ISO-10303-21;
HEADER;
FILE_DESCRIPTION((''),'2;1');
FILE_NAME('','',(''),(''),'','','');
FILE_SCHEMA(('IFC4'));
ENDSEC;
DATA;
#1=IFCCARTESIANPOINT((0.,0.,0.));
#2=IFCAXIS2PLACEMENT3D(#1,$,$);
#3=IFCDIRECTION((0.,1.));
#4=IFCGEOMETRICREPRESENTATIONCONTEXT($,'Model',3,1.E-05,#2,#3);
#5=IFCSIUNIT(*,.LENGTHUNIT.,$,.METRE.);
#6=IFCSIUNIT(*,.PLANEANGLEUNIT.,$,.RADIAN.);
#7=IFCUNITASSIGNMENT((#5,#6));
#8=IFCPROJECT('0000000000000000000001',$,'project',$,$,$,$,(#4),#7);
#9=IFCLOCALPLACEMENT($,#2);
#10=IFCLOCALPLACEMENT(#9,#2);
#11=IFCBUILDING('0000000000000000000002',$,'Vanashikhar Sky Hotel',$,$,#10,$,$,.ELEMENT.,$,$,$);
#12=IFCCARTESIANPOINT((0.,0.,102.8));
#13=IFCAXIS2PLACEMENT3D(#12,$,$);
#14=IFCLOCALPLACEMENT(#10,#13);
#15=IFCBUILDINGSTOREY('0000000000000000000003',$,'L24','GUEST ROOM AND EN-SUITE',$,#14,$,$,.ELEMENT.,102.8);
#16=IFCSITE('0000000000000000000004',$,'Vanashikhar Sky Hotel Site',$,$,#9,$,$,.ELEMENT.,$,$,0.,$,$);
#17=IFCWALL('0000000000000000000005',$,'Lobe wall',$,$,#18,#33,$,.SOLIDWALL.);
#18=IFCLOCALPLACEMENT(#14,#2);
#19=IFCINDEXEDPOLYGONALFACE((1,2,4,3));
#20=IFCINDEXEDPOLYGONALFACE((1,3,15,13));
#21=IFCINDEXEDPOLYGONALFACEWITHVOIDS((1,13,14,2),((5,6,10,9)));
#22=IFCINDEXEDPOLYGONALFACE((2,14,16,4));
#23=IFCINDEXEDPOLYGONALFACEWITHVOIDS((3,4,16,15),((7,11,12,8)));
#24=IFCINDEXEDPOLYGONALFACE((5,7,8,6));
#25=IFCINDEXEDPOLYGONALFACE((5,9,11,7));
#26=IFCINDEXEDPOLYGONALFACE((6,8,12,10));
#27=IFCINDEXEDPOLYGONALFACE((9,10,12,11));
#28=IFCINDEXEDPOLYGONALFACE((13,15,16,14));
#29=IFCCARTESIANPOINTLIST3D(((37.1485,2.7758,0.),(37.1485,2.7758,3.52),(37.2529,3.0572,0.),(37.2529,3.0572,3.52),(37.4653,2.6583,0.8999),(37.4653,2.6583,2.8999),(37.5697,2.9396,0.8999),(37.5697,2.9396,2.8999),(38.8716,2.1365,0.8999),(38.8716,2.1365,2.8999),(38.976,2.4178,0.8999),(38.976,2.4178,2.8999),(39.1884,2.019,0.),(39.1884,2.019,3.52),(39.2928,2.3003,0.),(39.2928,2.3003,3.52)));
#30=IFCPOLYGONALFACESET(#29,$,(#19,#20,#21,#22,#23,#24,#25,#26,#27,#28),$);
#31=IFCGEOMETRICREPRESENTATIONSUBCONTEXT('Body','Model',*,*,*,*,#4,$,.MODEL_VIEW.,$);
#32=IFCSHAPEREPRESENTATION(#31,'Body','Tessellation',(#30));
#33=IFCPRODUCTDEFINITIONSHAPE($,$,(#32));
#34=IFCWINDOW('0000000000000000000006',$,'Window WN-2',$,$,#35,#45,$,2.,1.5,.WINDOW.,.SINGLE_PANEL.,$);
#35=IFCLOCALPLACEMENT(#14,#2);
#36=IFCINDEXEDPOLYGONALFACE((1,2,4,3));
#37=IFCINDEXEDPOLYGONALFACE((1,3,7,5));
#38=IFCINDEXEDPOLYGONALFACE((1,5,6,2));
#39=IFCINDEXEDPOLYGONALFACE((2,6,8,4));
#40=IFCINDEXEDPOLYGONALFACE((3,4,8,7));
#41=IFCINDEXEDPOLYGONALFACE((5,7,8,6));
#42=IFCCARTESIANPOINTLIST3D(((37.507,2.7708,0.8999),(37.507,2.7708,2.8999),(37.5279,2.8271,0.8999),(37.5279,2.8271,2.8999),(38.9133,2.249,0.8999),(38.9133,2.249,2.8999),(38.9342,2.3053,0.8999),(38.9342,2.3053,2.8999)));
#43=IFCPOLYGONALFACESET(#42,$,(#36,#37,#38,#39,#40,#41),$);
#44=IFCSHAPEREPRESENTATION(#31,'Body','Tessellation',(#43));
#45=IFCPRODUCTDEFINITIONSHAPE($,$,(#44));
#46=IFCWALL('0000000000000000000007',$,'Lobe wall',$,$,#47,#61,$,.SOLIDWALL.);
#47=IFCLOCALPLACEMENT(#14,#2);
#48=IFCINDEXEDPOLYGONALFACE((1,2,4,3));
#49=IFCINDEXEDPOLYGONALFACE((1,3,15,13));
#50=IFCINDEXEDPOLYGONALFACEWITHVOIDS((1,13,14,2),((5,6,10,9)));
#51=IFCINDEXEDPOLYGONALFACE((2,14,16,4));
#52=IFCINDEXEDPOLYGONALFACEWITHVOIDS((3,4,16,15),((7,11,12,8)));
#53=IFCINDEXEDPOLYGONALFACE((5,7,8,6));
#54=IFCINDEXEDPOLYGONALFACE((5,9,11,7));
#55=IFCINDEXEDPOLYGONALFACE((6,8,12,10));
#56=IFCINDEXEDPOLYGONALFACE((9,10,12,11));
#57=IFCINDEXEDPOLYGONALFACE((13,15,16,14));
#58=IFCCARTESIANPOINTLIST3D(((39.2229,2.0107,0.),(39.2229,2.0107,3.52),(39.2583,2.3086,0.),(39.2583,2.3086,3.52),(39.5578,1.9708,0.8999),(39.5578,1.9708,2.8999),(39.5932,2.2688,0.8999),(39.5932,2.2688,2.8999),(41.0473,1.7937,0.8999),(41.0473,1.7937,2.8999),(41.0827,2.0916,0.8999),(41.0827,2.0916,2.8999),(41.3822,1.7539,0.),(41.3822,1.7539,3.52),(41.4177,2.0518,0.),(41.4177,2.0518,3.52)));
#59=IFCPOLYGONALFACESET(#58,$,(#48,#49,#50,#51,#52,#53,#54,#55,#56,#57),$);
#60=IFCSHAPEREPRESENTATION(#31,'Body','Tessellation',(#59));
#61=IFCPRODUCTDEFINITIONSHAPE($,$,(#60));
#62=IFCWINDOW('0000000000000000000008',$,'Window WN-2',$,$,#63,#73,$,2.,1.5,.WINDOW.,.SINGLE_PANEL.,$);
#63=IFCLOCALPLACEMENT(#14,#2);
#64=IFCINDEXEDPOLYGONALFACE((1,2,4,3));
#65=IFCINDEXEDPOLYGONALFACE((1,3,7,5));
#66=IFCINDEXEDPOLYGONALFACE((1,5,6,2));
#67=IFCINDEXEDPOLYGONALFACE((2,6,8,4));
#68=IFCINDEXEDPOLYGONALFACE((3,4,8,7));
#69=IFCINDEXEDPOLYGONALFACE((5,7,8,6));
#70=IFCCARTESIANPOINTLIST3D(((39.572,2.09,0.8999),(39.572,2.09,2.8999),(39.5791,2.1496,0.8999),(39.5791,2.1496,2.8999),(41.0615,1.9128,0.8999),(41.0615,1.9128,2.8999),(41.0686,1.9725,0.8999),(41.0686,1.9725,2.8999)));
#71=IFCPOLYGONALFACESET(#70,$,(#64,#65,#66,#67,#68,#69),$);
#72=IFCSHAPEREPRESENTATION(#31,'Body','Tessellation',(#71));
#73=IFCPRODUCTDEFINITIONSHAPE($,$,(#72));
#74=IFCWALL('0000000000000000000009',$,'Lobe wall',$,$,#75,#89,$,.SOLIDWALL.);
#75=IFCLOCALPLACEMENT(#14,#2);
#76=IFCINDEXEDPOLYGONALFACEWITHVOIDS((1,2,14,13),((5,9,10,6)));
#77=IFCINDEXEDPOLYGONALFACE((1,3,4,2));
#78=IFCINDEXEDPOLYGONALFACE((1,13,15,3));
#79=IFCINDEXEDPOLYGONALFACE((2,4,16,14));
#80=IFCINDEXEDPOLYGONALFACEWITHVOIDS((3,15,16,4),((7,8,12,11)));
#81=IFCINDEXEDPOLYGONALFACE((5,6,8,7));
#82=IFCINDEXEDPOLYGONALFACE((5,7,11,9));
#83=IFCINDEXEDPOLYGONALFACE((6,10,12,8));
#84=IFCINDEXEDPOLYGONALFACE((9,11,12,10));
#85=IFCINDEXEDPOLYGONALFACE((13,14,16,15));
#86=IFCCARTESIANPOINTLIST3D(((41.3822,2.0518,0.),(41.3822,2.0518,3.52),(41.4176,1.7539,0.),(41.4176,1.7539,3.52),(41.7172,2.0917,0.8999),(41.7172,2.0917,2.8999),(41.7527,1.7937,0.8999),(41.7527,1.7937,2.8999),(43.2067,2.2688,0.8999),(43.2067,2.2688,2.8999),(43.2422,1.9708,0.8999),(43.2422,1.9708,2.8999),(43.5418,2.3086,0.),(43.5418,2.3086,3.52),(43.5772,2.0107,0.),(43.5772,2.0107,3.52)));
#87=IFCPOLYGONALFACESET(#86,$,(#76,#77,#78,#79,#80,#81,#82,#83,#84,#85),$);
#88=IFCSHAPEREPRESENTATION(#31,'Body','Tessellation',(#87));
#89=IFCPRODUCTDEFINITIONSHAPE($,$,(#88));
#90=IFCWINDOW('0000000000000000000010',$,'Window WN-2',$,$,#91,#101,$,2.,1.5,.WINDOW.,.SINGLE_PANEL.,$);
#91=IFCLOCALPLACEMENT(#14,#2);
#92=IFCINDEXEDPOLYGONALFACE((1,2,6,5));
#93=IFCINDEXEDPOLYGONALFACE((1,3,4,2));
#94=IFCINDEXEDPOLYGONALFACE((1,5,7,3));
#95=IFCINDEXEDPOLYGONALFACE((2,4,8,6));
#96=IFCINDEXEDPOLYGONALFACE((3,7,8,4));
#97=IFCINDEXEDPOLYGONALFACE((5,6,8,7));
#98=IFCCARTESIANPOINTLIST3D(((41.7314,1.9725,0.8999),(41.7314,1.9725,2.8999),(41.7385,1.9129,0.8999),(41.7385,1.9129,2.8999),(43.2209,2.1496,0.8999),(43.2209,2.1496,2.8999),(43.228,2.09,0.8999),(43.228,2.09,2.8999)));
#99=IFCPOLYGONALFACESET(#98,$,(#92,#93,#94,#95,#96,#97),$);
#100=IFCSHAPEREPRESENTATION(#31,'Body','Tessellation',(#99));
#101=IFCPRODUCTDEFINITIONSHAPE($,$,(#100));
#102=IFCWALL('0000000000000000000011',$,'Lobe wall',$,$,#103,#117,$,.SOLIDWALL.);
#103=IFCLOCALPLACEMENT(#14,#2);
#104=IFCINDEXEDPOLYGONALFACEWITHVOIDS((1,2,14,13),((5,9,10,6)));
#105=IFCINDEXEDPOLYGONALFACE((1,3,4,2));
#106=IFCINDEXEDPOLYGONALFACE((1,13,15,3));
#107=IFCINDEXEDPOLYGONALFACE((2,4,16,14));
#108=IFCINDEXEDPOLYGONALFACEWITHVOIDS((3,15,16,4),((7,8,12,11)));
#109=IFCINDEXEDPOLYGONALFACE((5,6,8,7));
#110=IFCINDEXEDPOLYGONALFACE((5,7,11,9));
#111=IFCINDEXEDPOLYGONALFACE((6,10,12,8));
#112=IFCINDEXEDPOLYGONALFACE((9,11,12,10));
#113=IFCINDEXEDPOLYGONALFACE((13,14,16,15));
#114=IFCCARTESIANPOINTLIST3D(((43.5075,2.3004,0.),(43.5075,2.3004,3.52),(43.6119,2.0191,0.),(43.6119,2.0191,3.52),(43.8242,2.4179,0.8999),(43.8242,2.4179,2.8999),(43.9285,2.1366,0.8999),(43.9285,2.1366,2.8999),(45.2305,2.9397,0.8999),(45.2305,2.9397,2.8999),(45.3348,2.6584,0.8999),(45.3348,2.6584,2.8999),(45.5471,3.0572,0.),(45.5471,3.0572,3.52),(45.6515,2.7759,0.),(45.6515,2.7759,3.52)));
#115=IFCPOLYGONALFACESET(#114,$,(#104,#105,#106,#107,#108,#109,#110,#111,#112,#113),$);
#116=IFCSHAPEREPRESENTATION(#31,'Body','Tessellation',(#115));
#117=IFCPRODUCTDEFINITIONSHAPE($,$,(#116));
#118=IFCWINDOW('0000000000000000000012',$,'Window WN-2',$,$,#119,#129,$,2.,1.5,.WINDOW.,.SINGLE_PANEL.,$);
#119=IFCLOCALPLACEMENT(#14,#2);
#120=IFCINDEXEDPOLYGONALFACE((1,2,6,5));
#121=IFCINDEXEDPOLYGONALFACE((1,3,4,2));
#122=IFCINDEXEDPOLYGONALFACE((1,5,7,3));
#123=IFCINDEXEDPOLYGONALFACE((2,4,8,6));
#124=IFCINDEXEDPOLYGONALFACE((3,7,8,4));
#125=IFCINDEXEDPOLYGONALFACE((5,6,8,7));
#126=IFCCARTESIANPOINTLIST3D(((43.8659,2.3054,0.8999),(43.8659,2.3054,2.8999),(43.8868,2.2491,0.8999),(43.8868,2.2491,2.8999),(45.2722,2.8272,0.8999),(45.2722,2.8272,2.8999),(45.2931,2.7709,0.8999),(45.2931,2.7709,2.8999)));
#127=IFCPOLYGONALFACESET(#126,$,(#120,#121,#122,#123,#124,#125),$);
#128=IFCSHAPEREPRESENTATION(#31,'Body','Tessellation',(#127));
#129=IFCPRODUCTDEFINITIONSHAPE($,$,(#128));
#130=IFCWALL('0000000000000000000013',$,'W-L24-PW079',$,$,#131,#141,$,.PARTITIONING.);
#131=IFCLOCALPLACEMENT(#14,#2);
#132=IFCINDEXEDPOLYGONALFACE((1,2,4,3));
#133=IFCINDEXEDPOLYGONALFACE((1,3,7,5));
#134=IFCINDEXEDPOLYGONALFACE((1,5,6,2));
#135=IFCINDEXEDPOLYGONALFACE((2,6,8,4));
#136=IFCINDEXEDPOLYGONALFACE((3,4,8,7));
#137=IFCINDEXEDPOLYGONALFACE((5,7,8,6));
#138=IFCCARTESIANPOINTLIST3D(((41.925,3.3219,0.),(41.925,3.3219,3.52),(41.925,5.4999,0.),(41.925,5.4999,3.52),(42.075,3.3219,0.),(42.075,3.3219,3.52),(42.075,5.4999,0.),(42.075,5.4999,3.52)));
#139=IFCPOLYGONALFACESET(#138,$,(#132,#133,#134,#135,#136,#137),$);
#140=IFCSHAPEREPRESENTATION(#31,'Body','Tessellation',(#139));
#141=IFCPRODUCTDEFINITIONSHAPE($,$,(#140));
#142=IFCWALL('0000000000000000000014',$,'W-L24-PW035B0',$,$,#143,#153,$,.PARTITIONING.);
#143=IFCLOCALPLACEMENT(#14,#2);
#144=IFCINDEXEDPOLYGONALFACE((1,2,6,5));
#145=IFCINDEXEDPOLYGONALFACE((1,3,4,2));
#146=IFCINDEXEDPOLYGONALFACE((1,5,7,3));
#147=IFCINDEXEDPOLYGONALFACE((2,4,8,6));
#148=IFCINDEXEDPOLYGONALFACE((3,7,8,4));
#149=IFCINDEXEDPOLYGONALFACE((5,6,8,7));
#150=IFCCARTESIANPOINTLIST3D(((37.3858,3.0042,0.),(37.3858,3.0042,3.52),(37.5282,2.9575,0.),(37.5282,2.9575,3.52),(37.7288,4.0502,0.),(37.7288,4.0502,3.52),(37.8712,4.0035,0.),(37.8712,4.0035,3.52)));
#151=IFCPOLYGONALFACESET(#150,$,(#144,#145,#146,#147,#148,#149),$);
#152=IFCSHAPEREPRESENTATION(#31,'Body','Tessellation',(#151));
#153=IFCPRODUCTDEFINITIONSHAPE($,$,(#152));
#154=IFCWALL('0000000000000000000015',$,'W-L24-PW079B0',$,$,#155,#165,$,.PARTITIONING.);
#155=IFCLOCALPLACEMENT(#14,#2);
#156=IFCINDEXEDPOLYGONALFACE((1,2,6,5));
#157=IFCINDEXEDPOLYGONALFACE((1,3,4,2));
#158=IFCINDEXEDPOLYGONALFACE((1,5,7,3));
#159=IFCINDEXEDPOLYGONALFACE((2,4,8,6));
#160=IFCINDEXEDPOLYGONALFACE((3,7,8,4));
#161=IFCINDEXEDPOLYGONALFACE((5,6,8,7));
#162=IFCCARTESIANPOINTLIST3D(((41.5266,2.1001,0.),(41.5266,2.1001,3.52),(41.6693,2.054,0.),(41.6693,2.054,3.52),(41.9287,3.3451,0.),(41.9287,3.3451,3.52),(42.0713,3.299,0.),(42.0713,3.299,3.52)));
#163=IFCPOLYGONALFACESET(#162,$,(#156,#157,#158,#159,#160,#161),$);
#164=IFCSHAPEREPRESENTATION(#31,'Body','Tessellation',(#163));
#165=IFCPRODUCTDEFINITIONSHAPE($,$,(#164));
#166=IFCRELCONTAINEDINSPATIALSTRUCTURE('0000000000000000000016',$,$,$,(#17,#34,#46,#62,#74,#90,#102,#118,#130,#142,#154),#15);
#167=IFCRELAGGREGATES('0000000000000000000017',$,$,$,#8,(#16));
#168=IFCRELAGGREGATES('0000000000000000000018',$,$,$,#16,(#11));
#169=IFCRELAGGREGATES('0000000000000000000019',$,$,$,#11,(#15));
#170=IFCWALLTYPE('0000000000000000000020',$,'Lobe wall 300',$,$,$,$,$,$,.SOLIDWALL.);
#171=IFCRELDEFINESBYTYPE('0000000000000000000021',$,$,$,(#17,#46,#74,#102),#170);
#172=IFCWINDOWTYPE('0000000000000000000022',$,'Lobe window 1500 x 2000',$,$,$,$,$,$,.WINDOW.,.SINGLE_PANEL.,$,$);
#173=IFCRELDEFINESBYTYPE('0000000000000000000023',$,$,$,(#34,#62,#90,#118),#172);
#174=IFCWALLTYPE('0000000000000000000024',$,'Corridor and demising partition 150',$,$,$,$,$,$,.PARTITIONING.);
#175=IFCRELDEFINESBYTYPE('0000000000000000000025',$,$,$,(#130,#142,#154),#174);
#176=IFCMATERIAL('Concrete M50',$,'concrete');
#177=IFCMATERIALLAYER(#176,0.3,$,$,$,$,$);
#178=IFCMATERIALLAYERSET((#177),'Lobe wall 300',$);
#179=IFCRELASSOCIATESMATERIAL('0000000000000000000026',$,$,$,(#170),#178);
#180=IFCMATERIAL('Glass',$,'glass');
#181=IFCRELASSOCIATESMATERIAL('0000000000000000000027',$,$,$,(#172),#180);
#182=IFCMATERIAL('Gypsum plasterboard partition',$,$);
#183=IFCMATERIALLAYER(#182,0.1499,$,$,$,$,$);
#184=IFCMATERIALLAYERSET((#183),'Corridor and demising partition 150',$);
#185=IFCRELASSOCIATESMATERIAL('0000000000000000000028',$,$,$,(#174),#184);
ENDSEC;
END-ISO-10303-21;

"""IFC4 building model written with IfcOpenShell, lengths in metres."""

from ifc_helpers import new_model, si_unit, direction, frame, frame_2d, origin, place, context, subcontext, project, spatial, rectangle, extrude, source, transform, mapped, material, layer, layer_set, type_object, element, fill, save


model = new_model("IFC4")

# Units and contexts
model_context = context("Model", 3, precision=1e-05, world=origin(), true_north=direction((0.0, 1.0)))
body_context = subcontext(model_context, "Body", "Model", "MODEL_VIEW")
ifc_project = project(units=[si_unit("LENGTHUNIT", "METRE"), si_unit("PLANEANGLEUNIT", "RADIAN")], contexts=[model_context])

# Site, building, storey
site_placement = place(None, origin())
site = spatial("IfcSite", under=ifc_project, at=site_placement, Name="Vanashikhar Sky Hotel Site", CompositionType="ELEMENT", RefElevation=0.0)
building_placement = place(site_placement, origin())
building = spatial("IfcBuilding", under=site, at=building_placement, Name="Vanashikhar Sky Hotel", CompositionType="ELEMENT")
storey_placement = place(building_placement, frame((0.0, 0.0, 102.8)))
storey = spatial("IfcBuildingStorey", under=building, at=storey_placement, Name="L24", Description="GUEST ROOM AND EN-SUITE", CompositionType="ELEMENT", Elevation=102.8)

# Walls, openings, windows
ifc_material_1 = material(Name="Concrete M50", Category="concrete")
ifc_layer_1 = layer(ifc_material_1, 0.3)
ifc_layer_set_1 = layer_set([ifc_layer_1], Name="Lobe wall 300")
wall_type_1 = type_object("IfcWallType", Name="Lobe wall 300", PredefinedType="SOLIDWALL", material=ifc_layer_set_1)
shared_shape_1 = source(origin(), body_context, "Body", "SweptSolid", [
    extrude(rectangle(XDim=2.1758, YDim=0.3, at=frame_2d((1.0879, 0.0))), origin(), (0.0, 0.0, 1.0), 3.52),
])
wall_1_placement = place(storey_placement, frame((37.2007, 2.9165, 0.0), z_axis=(0.0, 0.0, 1.0), x_axis=(0.937546, -0.347863, 0.0)))
wall_1 = element("IfcWall", 1, at=wall_1_placement, inside=storey, type_object=wall_type_1, Name="Lobe wall", PredefinedType="SOLIDWALL", context=body_context, shape_type="MappedRepresentation", body=[
    mapped(shared_shape_1, transform((0.0, 0.0, 0.0), scale=1.0)),
])
shared_shape_2 = source(origin(), body_context, "Body", "SweptSolid", [
    extrude(rectangle(XDim=1.5, YDim=2.0, at=frame_2d((0.75, 1.0))), frame((0.0, 0.1602, 0.0), z_axis=(0.0, -1.0, 0.0), x_axis=(1.0, 0.0, 0.0)), (0.0, 0.0, 1.0), 0.3201),
])
opening_1_placement = place(wall_1_placement, frame((0.3379, 0.0, 0.8999)))
opening_1 = element("IfcOpeningElement", 2, at=opening_1_placement, cuts=wall_1, PredefinedType="OPENING", context=body_context, shape_type="MappedRepresentation", body=[
    mapped(shared_shape_2, transform((0.0, 0.0, 0.0), scale=1.0)),
])
ifc_material_2 = material(Name="Glass", Category="glass")
window_type = type_object("IfcWindowType", Name="Lobe window 1500 x 2000", PartitioningType="SINGLE_PANEL", PredefinedType="WINDOW", material=ifc_material_2)
shared_shape_3 = source(origin(), body_context, "Body", "SweptSolid", [
    extrude(rectangle(XDim=1.5, YDim=2.0, at=frame_2d((0.75, 1.0))), frame((0.0, 0.03, 0.0), z_axis=(0.0, -1.0, 0.0), x_axis=(1.0, 0.0, 0.0)), (0.0, 0.0, 1.0), 0.0601),
])
window_1_placement = place(opening_1_placement, origin())
window_1 = element("IfcWindow", 3, at=window_1_placement, inside=storey, type_object=window_type, Name="Window WN-2", OverallHeight=2.0, OverallWidth=1.5, PartitioningType="SINGLE_PANEL", PredefinedType="WINDOW", context=body_context, shape_type="MappedRepresentation", body=[
    mapped(shared_shape_3, transform((0.0, 0.0, 0.0), scale=1.0)),
])
fill(opening_1, window_1)
shared_shape_4 = source(origin(), body_context, "Body", "SweptSolid", [
    extrude(rectangle(XDim=2.1746, YDim=0.3, at=frame_2d((1.0874, 0.0))), origin(), (0.0, 0.0, 1.0), 3.52),
])
wall_2_placement = place(storey_placement, frame((39.2405, 2.1597, 0.0), z_axis=(0.0, 0.0, 1.0), x_axis=(0.993001, -0.118105, 0.0)))
wall_2 = element("IfcWall", 4, at=wall_2_placement, inside=storey, type_object=wall_type_1, Name="Lobe wall", PredefinedType="SOLIDWALL", context=body_context, shape_type="MappedRepresentation", body=[
    mapped(shared_shape_4, transform((0.0, 0.0, 0.0), scale=1.0)),
])
opening_2_placement = place(wall_2_placement, frame((0.3374, 0.0, 0.8999)))
opening_2 = element("IfcOpeningElement", 5, at=opening_2_placement, cuts=wall_2, PredefinedType="OPENING", context=body_context, shape_type="MappedRepresentation", body=[
    mapped(shared_shape_2, transform((0.0, 0.0, 0.0), scale=1.0)),
])
window_2_placement = place(opening_2_placement, origin())
window_2 = element("IfcWindow", 6, at=window_2_placement, inside=storey, type_object=window_type, Name="Window WN-2", OverallHeight=2.0, OverallWidth=1.5, PartitioningType="SINGLE_PANEL", PredefinedType="WINDOW", context=body_context, shape_type="MappedRepresentation", body=[
    mapped(shared_shape_3, transform((0.0, 0.0, 0.0), scale=1.0)),
])
fill(opening_2, window_2)
shared_shape_5 = source(origin(), body_context, "Body", "SweptSolid", [
    extrude(rectangle(XDim=2.1748, YDim=0.3, at=frame_2d((1.0874, 0.0))), origin(), (0.0, 0.0, 1.0), 3.52),
])
wall_3_placement = place(storey_placement, frame((41.3999, 1.9028, 0.0), z_axis=(0.0, 0.0, 1.0), x_axis=(0.993003, 0.118092, 0.0)))
wall_3 = element("IfcWall", 7, at=wall_3_placement, inside=storey, type_object=wall_type_1, Name="Lobe wall", PredefinedType="SOLIDWALL", context=body_context, shape_type="MappedRepresentation", body=[
    mapped(shared_shape_5, transform((0.0, 0.0, 0.0), scale=1.0)),
])
opening_3_placement = place(wall_3_placement, frame((0.3374, 0.0, 0.8999)))
opening_3 = element("IfcOpeningElement", 8, at=opening_3_placement, cuts=wall_3, PredefinedType="OPENING", context=body_context, shape_type="MappedRepresentation", body=[
    mapped(shared_shape_2, transform((0.0, 0.0, 0.0), scale=1.0)),
])
window_3_placement = place(opening_3_placement, origin())
window_3 = element("IfcWindow", 9, at=window_3_placement, inside=storey, type_object=window_type, Name="Window WN-2", OverallHeight=2.0, OverallWidth=1.5, PartitioningType="SINGLE_PANEL", PredefinedType="WINDOW", context=body_context, shape_type="MappedRepresentation", body=[
    mapped(shared_shape_3, transform((0.0, 0.0, 0.0), scale=1.0)),
])
fill(opening_3, window_3)
shared_shape_6 = source(origin(), body_context, "Body", "SweptSolid", [
    extrude(rectangle(XDim=2.1755, YDim=0.3, at=frame_2d((1.0879, 0.0))), origin(), (0.0, 0.0, 1.0), 3.52),
])
wall_4_placement = place(storey_placement, frame((43.5596, 2.1597, 0.0), z_axis=(0.0, 0.0, 1.0), x_axis=(0.937532, 0.347899, 0.0)))
wall_4 = element("IfcWall", 10, at=wall_4_placement, inside=storey, type_object=wall_type_1, Name="Lobe wall", PredefinedType="SOLIDWALL", context=body_context, shape_type="MappedRepresentation", body=[
    mapped(shared_shape_6, transform((0.0, 0.0, 0.0), scale=1.0)),
])
opening_4_placement = place(wall_4_placement, frame((0.3379, 0.0, 0.8999)))
opening_4 = element("IfcOpeningElement", 11, at=opening_4_placement, cuts=wall_4, PredefinedType="OPENING", context=body_context, shape_type="MappedRepresentation", body=[
    mapped(shared_shape_2, transform((0.0, 0.0, 0.0), scale=1.0)),
])
window_4_placement = place(opening_4_placement, origin())
window_4 = element("IfcWindow", 12, at=window_4_placement, inside=storey, type_object=window_type, Name="Window WN-2", OverallHeight=2.0, OverallWidth=1.5, PartitioningType="SINGLE_PANEL", PredefinedType="WINDOW", context=body_context, shape_type="MappedRepresentation", body=[
    mapped(shared_shape_3, transform((0.0, 0.0, 0.0), scale=1.0)),
])
fill(opening_4, window_4)

# Walls
ifc_material_3 = material(Name="Gypsum plasterboard partition")
ifc_layer_2 = layer(ifc_material_3, 0.1499)
ifc_layer_set_2 = layer_set([ifc_layer_2], Name="Corridor and demising partition 150")
wall_type_2 = type_object("IfcWallType", Name="Corridor and demising partition 150", PredefinedType="PARTITIONING", material=ifc_layer_set_2)
shared_shape_7 = source(origin(), body_context, "Body", "SweptSolid", [
    extrude(rectangle(XDim=2.178, YDim=0.1499, at=frame_2d((1.0889, 0.0))), origin(), (0.0, 0.0, 1.0), 3.52),
])
wall_5_placement = place(storey_placement, frame((42.0, 3.322, 0.0), z_axis=(0.0, 0.0, 1.0), x_axis=(0.0, 1.0, 0.0)))
element("IfcWall", 13, at=wall_5_placement, inside=storey, type_object=wall_type_2, Name="W-L24-PW079", PredefinedType="PARTITIONING", context=body_context, shape_type="MappedRepresentation", body=[
    mapped(shared_shape_7, transform((0.0, 0.0, 0.0), scale=1.0)),
])
shared_shape_8 = source(origin(), body_context, "Body", "SweptSolid", [
    extrude(rectangle(XDim=1.1008, YDim=0.1499, at=frame_2d((0.5503, 0.0))), origin(), (0.0, 0.0, 1.0), 3.52),
])
wall_6_placement = place(storey_placement, frame((37.457, 2.981, 0.0), z_axis=(0.0, 0.0, 1.0), x_axis=(0.311567, 0.950224, 0.0)))
element("IfcWall", 14, at=wall_6_placement, inside=storey, type_object=wall_type_2, Name="W-L24-PW035B0", PredefinedType="PARTITIONING", context=body_context, shape_type="MappedRepresentation", body=[
    mapped(shared_shape_8, transform((0.0, 0.0, 0.0), scale=1.0)),
])
shared_shape_9 = source(origin(), body_context, "Body", "SweptSolid", [
    extrude(rectangle(XDim=1.3083, YDim=0.1499, at=frame_2d((0.6543, 0.0))), origin(), (0.0, 0.0, 1.0), 3.52),
])
wall_7_placement = place(storey_placement, frame((41.5979, 2.0769, 0.0), z_axis=(0.0, 0.0, 1.0), x_axis=(0.307314, 0.951608, 0.0)))
element("IfcWall", 15, at=wall_7_placement, inside=storey, type_object=wall_type_2, Name="W-L24-PW079B0", PredefinedType="PARTITIONING", context=body_context, shape_type="MappedRepresentation", body=[
    mapped(shared_shape_9, transform((0.0, 0.0, 0.0), scale=1.0)),
])

save(model, "model.ifc")
